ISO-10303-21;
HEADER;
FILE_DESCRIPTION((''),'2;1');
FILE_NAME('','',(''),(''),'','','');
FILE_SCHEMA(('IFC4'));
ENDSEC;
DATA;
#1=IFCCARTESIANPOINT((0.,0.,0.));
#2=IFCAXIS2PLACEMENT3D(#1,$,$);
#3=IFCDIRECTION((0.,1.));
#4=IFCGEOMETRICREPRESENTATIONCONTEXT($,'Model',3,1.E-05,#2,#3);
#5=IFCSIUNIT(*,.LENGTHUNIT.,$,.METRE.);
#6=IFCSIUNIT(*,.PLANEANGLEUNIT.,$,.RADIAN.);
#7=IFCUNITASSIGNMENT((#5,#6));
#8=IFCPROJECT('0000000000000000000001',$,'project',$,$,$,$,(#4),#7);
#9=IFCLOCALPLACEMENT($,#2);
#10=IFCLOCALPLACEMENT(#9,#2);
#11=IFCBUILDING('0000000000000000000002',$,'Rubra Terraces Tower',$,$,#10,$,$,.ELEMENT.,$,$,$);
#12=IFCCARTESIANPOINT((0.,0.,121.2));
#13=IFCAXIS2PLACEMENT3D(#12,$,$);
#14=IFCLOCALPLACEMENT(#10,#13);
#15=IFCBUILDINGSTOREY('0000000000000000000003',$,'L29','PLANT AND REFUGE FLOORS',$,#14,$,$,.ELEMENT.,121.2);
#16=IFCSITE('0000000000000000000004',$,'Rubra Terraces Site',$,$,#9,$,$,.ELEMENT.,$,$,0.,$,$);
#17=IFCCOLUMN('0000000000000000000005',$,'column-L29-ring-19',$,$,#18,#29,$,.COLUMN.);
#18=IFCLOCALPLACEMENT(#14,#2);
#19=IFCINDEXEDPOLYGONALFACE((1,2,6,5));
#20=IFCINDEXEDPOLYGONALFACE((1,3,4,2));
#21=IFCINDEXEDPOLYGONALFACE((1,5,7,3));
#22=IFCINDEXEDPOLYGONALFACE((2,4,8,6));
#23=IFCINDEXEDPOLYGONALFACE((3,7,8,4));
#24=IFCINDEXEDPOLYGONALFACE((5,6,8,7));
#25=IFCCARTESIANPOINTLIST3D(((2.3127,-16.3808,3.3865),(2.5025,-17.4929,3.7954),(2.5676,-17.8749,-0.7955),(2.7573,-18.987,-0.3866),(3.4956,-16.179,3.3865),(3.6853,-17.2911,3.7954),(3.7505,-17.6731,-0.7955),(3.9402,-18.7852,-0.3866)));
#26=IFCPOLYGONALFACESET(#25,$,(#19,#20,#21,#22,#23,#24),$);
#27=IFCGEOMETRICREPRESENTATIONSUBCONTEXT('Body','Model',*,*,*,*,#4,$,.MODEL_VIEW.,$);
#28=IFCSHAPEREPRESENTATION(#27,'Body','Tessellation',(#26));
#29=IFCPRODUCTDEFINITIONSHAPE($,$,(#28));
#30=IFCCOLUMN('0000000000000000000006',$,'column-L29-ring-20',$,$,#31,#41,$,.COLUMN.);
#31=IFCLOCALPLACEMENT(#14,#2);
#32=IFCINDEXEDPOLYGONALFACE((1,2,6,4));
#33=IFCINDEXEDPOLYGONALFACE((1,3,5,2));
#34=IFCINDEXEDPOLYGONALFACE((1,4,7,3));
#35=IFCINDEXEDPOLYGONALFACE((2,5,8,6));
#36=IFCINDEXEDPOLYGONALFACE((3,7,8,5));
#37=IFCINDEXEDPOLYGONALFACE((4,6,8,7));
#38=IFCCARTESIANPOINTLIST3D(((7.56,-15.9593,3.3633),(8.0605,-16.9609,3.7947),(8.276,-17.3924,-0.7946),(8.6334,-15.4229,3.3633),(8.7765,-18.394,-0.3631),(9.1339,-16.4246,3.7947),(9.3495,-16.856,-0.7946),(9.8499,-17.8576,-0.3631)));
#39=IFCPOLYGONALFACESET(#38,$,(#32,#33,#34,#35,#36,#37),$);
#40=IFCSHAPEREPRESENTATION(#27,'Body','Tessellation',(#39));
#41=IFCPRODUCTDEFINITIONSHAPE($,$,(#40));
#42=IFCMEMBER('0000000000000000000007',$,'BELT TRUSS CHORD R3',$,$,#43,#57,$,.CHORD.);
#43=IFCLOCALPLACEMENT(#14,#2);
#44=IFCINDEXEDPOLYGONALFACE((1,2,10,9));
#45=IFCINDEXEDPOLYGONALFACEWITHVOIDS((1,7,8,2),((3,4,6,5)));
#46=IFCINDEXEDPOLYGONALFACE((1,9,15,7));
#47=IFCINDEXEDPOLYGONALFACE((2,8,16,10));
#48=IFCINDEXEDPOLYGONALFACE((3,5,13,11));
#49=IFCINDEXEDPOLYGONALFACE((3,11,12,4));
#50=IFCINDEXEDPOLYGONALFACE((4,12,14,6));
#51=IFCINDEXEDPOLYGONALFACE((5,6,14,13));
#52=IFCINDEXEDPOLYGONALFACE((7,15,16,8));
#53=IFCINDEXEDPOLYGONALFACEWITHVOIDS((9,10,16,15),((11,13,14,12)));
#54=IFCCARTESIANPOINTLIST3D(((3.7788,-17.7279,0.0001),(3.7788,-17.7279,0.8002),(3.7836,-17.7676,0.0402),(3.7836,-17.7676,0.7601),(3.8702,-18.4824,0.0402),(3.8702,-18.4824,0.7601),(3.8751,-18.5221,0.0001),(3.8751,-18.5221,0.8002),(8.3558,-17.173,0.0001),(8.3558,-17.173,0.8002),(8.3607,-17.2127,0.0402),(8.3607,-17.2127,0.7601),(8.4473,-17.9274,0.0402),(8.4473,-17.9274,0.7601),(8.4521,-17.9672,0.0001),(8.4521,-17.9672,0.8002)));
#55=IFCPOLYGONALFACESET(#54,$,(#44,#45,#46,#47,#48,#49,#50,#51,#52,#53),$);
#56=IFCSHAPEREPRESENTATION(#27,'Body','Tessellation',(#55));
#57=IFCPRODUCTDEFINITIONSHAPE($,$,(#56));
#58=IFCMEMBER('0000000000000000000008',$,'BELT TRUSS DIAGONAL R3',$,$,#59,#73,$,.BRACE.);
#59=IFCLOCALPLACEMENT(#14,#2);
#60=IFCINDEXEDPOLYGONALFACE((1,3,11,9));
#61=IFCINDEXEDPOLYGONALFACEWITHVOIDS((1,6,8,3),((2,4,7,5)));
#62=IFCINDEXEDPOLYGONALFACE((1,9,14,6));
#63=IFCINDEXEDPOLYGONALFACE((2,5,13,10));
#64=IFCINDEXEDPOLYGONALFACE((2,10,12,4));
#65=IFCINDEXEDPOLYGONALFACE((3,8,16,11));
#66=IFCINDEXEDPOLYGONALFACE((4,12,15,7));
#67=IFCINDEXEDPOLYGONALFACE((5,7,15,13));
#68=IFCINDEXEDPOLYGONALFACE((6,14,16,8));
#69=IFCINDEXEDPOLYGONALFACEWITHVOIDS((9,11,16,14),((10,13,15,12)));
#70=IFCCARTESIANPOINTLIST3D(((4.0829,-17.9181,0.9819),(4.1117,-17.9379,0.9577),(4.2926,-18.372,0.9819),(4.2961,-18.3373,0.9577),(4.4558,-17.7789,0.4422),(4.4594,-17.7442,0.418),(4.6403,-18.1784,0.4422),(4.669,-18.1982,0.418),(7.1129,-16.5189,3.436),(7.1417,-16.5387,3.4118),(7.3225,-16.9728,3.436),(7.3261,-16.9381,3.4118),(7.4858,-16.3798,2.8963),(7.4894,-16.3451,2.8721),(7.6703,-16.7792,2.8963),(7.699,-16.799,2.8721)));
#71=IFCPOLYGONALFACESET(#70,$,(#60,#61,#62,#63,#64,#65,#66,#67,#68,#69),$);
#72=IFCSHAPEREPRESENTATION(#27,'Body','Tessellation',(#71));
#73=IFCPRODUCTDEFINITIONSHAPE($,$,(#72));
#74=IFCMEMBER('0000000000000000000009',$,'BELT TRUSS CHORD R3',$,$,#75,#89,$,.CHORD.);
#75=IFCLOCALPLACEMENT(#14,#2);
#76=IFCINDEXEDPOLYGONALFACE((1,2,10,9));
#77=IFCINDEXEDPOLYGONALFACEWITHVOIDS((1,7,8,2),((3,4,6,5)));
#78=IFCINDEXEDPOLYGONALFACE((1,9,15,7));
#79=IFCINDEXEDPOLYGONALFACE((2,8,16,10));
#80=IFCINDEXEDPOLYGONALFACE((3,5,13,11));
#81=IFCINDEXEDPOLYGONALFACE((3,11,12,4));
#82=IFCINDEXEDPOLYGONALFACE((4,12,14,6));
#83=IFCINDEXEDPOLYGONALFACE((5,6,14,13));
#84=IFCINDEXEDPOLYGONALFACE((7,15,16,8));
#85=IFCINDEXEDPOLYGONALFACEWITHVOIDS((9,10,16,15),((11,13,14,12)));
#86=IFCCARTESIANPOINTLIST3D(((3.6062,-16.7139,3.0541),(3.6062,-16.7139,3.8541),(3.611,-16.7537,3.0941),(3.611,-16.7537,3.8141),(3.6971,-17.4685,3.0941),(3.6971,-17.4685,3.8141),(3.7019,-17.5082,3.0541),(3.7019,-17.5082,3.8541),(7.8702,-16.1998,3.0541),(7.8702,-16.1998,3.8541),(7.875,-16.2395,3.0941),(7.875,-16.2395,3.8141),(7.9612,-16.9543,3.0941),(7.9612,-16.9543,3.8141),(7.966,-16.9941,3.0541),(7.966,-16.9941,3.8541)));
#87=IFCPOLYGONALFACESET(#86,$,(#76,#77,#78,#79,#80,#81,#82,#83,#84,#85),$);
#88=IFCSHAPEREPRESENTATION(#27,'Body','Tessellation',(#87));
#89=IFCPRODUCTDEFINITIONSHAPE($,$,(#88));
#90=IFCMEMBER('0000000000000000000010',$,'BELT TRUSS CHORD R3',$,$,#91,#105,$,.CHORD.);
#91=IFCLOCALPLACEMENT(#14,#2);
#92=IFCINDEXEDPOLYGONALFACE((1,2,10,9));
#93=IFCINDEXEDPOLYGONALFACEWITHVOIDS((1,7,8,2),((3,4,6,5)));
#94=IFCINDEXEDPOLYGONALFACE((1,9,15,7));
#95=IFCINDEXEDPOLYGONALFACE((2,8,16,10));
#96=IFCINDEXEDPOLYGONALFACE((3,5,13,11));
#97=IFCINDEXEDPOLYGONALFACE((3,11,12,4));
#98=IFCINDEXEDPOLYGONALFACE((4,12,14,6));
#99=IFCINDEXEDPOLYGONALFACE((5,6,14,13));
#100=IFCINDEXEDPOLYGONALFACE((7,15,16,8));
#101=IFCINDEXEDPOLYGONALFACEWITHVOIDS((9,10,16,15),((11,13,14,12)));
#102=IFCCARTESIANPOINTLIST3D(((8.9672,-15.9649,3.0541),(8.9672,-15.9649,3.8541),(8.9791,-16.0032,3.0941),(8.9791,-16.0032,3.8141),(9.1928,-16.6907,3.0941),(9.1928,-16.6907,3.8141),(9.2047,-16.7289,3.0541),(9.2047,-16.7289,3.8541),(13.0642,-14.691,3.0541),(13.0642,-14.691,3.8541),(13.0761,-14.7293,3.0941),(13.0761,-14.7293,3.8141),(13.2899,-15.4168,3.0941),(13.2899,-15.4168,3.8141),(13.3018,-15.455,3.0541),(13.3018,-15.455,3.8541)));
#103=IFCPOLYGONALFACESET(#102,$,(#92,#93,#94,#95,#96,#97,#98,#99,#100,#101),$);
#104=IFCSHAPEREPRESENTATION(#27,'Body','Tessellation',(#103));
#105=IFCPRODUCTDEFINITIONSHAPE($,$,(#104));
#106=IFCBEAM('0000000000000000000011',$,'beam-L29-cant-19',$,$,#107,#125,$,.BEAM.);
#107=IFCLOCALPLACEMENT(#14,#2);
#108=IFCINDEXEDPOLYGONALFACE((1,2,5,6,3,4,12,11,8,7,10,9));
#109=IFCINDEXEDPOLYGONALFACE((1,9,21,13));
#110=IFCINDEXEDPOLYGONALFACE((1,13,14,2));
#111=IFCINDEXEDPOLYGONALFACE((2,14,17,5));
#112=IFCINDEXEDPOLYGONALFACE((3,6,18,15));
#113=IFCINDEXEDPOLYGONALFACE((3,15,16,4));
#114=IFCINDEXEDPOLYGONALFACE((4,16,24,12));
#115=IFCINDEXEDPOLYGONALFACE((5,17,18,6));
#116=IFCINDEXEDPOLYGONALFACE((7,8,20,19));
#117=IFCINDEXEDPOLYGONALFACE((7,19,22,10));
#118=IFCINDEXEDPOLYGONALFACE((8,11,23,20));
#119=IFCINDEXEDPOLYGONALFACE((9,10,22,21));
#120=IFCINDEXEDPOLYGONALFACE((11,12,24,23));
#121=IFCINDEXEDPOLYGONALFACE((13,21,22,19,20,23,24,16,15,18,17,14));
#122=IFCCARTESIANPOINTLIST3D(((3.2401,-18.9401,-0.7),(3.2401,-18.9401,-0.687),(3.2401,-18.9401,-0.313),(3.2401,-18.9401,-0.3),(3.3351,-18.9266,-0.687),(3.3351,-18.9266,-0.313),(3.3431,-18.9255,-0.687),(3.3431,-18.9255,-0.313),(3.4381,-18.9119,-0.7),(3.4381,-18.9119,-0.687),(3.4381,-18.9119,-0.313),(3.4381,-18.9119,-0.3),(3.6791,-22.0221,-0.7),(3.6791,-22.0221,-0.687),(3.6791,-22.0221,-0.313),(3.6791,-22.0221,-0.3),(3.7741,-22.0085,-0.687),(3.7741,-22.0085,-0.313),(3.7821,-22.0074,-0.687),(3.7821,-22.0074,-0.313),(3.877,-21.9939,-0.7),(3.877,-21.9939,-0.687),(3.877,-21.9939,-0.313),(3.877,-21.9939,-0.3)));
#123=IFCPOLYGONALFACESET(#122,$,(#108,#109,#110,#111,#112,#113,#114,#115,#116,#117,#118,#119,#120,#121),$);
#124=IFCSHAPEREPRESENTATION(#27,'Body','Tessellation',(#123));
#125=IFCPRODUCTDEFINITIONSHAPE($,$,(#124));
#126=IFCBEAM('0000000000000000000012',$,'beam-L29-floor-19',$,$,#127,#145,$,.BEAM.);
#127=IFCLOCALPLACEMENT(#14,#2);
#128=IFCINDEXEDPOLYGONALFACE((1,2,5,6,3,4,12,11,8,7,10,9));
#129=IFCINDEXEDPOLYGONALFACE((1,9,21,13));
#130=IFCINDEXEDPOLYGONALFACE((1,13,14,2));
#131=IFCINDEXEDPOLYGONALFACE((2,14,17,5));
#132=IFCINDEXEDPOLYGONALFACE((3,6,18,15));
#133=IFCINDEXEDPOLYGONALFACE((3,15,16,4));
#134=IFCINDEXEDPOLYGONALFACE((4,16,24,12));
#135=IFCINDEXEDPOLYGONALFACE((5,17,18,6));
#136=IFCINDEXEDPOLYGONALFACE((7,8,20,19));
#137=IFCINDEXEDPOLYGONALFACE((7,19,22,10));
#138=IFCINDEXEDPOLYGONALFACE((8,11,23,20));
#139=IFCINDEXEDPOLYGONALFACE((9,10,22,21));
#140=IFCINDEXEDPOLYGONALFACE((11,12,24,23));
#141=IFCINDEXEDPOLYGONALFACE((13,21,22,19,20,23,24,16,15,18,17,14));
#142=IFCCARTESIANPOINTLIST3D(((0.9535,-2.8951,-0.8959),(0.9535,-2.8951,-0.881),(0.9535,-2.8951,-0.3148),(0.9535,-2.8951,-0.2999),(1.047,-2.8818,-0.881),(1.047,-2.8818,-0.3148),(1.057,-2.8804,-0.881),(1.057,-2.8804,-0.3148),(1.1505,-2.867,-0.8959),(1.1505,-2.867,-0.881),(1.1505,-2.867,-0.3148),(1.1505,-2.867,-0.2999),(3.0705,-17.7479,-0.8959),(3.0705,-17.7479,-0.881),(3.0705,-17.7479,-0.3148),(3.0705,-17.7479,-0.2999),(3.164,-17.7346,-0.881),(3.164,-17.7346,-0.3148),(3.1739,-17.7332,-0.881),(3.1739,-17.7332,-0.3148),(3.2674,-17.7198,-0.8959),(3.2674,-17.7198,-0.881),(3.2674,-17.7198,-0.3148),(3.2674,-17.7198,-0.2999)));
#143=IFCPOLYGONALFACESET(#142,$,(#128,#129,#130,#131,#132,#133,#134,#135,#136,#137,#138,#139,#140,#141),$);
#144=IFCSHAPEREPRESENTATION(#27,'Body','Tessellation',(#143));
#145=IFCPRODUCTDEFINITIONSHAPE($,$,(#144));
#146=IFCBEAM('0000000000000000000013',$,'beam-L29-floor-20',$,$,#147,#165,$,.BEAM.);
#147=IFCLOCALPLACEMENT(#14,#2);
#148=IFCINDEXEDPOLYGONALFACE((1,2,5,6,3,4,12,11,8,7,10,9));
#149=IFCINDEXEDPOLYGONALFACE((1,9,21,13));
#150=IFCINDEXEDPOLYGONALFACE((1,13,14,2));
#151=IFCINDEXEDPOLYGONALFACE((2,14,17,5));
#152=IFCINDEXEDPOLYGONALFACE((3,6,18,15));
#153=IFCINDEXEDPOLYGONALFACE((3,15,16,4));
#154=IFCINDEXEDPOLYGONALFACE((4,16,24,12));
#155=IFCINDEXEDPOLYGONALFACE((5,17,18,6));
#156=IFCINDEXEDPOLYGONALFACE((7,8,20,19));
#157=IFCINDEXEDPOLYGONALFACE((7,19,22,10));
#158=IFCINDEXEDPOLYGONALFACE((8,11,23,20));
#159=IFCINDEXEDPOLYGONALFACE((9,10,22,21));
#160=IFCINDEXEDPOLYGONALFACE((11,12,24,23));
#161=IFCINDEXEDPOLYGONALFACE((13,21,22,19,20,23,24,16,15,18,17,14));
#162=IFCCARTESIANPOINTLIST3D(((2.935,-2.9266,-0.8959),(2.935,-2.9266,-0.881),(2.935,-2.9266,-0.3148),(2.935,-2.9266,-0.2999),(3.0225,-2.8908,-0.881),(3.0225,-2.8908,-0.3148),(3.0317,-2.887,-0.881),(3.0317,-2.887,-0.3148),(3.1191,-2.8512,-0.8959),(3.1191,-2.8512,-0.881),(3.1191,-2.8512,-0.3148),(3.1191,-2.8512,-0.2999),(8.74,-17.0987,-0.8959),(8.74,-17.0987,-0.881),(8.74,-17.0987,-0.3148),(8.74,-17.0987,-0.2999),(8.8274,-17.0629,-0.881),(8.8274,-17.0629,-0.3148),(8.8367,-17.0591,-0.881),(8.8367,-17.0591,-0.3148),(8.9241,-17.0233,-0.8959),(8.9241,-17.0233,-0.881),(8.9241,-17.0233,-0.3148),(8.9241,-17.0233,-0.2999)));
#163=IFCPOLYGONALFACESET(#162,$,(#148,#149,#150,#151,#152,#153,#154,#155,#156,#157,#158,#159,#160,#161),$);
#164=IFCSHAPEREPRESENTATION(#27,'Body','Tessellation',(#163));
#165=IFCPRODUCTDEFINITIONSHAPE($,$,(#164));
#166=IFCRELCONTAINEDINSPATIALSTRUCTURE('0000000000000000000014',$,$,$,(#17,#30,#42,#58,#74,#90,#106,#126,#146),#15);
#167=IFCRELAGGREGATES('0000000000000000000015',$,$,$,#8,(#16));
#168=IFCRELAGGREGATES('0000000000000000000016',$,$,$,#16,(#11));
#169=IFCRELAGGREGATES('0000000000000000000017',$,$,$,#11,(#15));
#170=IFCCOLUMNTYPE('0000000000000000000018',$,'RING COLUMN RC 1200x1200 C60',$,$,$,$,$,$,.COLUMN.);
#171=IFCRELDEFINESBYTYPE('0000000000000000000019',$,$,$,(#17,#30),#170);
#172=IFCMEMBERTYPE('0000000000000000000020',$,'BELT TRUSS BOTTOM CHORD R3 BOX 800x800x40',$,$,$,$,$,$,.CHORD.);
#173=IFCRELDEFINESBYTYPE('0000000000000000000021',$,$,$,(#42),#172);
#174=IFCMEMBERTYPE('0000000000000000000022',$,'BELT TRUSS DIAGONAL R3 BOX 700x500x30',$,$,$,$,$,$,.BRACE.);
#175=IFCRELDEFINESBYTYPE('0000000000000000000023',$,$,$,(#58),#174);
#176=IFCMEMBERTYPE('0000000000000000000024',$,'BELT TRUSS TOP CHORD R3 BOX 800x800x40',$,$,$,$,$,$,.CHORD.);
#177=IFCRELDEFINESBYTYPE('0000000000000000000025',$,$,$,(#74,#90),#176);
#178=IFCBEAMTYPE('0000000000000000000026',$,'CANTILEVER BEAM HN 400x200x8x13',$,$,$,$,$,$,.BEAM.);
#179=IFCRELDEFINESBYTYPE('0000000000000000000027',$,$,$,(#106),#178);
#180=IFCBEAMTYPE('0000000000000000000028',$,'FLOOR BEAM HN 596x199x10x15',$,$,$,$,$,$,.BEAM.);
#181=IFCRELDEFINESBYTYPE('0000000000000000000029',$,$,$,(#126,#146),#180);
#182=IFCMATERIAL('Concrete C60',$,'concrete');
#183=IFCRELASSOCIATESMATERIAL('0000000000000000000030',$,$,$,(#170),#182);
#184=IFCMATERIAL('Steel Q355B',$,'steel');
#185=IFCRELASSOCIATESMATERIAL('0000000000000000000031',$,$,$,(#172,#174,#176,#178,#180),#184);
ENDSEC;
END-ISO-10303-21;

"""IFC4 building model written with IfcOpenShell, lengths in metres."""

from ifc_helpers import new_model, si_unit, direction, frame, origin, origin_2d, place, context, subcontext, project, spatial, rectangle, hollow_rectangle, i_section, extrude, material, material_profile, profile_set, type_object, element, save


model = new_model("IFC4")

# Units and contexts
model_context = context("Model", 3, precision=1e-05, world=origin(), true_north=direction((0.0, 1.0)))
body_context = subcontext(model_context, "Body", "Model", "MODEL_VIEW")
ifc_project = project(units=[si_unit("LENGTHUNIT", "METRE"), si_unit("PLANEANGLEUNIT", "RADIAN")], contexts=[model_context])

# Site, building, storey
site_placement = place(None, origin())
site = spatial("IfcSite", under=ifc_project, at=site_placement, Name="Rubra Terraces Site", CompositionType="ELEMENT", RefElevation=0.0)
building_placement = place(site_placement, origin())
building = spatial("IfcBuilding", under=site, at=building_placement, Name="Rubra Terraces Tower", CompositionType="ELEMENT")
storey_placement = place(building_placement, frame((0.0, 0.0, 121.2)))
storey = spatial("IfcBuildingStorey", under=building, at=storey_placement, Name="L29", Description="PLANT AND REFUGE FLOORS", CompositionType="ELEMENT", Elevation=121.2)

# Columns
ifc_material_1 = material(Name="Concrete C60", Category="concrete")
ifc_material_profile_1 = material_profile(ifc_material_1, rectangle(XDim=1.2, YDim=1.2, at=origin_2d()), Name="RC 1200x1200")
ifc_profile_set_1 = profile_set([ifc_material_profile_1], Name="Concrete C60")
column_type = type_object("IfcColumnType", Name="RING COLUMN RC 1200x1200 C60", PredefinedType="COLUMN", material=ifc_profile_set_1)
column_1_placement = place(storey_placement, frame((3.2539, -18.3301, -0.5911), z_axis=(-0.057299, 0.335888, 0.940157), x_axis=(-0.98576, -0.168159, 0.0)))
element("IfcColumn", 1, at=column_1_placement, inside=storey, type_object=column_type, Name="column-L29-ring-19", PredefinedType="COLUMN", context=body_context, shape_type="SweptSolid", body=[
    extrude(rectangle(XDim=1.2, YDim=1.2, at=origin_2d()), origin(), (0.0, 0.0, 1.0), 4.4482),
])
column_2_placement = place(storey_placement, frame((9.063, -17.625, -0.5789), z_axis=(-0.1607, 0.321619, 0.933133), x_axis=(-0.894549, -0.44697, 0.0)))
element("IfcColumn", 2, at=column_2_placement, inside=storey, type_object=column_type, Name="column-L29-ring-20", PredefinedType="COLUMN", context=body_context, shape_type="SweptSolid", body=[
    extrude(rectangle(XDim=1.2, YDim=1.2, at=origin_2d()), origin(), (0.0, 0.0, 1.0), 4.4558),
])

# Members
ifc_material_2 = material(Name="Steel Q355B", Category="steel")
ifc_material_profile_2 = material_profile(ifc_material_2, hollow_rectangle(XDim=0.8, YDim=0.8, WallThickness=0.04, at=origin_2d()), Name="BOX 800x800x40")
ifc_profile_set_2 = profile_set([ifc_material_profile_2], Name="Steel Q355B")
member_type_1 = type_object("IfcMemberType", Name="BELT TRUSS BOTTOM CHORD R3 BOX 800x800x40", PredefinedType="CHORD", material=ifc_profile_set_2)
member_1_placement = place(storey_placement, frame((3.8269, -18.125, 0.4001), z_axis=(0.992731, 0.120358, 0.0), x_axis=(-0.120358, 0.992731, 0.0)))
element("IfcMember", 3, at=member_1_placement, inside=storey, type_object=member_type_1, Name="BELT TRUSS CHORD R3", PredefinedType="CHORD", context=body_context, shape_type="SweptSolid", body=[
    extrude(hollow_rectangle(XDim=0.8, YDim=0.8, WallThickness=0.04, at=origin_2d()), origin(), (0.0, 0.0, 1.0), 4.6106),
])
ifc_material_profile_3 = material_profile(ifc_material_2, hollow_rectangle(XDim=0.5, YDim=0.7, WallThickness=0.03, at=origin_2d()), Name="BOX 700x500x30")
ifc_profile_set_3 = profile_set([ifc_material_profile_3], Name="Steel Q355B")
member_type_2 = type_object("IfcMemberType", Name="BELT TRUSS DIAGONAL R3 BOX 700x500x30", PredefinedType="BRACE", material=ifc_profile_set_3)
member_2_placement = place(storey_placement, frame((4.376, -18.0581, 0.7), z_axis=(0.731427, 0.337749, 0.592402), x_axis=(-0.41923, 0.90788, 0.0)))
element("IfcMember", 4, at=member_2_placement, inside=storey, type_object=member_type_2, Name="BELT TRUSS DIAGONAL R3", PredefinedType="BRACE", context=body_context, shape_type="SweptSolid", body=[
    extrude(hollow_rectangle(XDim=0.5, YDim=0.7, WallThickness=0.03, at=origin_2d()), origin(), (0.0, 0.0, 1.0), 4.1426),
])
ifc_material_profile_4 = material_profile(ifc_material_2, hollow_rectangle(XDim=0.8, YDim=0.8, WallThickness=0.04, at=origin_2d()), Name="BOX 800x800x40")
ifc_profile_set_4 = profile_set([ifc_material_profile_4], Name="Steel Q355B")
member_type_3 = type_object("IfcMemberType", Name="BELT TRUSS TOP CHORD R3 BOX 800x800x40", PredefinedType="CHORD", material=ifc_profile_set_4)
member_3_placement = place(storey_placement, frame((3.6541, -17.1111, 3.4541), z_axis=(0.992808, 0.119717, 0.0), x_axis=(-0.119717, 0.992808, 0.0)))
element("IfcMember", 5, at=member_3_placement, inside=storey, type_object=member_type_3, Name="BELT TRUSS CHORD R3", PredefinedType="CHORD", context=body_context, shape_type="SweptSolid", body=[
    extrude(hollow_rectangle(XDim=0.8, YDim=0.8, WallThickness=0.04, at=origin_2d()), origin(), (0.0, 0.0, 1.0), 4.2949),
])
member_4_placement = place(storey_placement, frame((9.0859, -16.3469, 3.4541), z_axis=(0.954906, 0.296907, 0.0), x_axis=(-0.296907, 0.954906, 0.0)))
element("IfcMember", 6, at=member_4_placement, inside=storey, type_object=member_type_3, Name="BELT TRUSS CHORD R3", PredefinedType="CHORD", context=body_context, shape_type="SweptSolid", body=[
    extrude(hollow_rectangle(XDim=0.8, YDim=0.8, WallThickness=0.04, at=origin_2d()), origin(), (0.0, 0.0, 1.0), 4.2905),
])

# Beams
ifc_material_profile_5 = material_profile(ifc_material_2, i_section(OverallWidth=0.2, OverallDepth=0.3999, WebThickness=0.0081, FlangeThickness=0.0129, at=origin_2d()), Name="HN 400x200x8x13")
ifc_profile_set_5 = profile_set([ifc_material_profile_5], Name="Steel Q355B")
beam_type_1 = type_object("IfcBeamType", Name="CANTILEVER BEAM HN 400x200x8x13", PredefinedType="BEAM", material=ifc_profile_set_5)
beam_1_placement = place(storey_placement, frame((3.3391, -18.926, -0.5), z_axis=(0.141004, -0.990009, 0.0), x_axis=(0.990009, 0.141004, 0.0)))
element("IfcBeam", 7, at=beam_1_placement, inside=storey, type_object=beam_type_1, Name="beam-L29-cant-19", PredefinedType="BEAM", context=body_context, shape_type="SweptSolid", body=[
    extrude(i_section(OverallWidth=0.2, OverallDepth=0.3999, WebThickness=0.0081, FlangeThickness=0.0129, at=origin_2d()), origin(), (0.0, 0.0, 1.0), 3.113),
])
ifc_material_profile_6 = material_profile(ifc_material_2, i_section(OverallWidth=0.199, OverallDepth=0.5959, WebThickness=0.01, FlangeThickness=0.0149, at=origin_2d()), Name="HN 596x199x10x15")
ifc_profile_set_6 = profile_set([ifc_material_profile_6], Name="Steel Q355B")
beam_type_2 = type_object("IfcBeamType", Name="FLOOR BEAM HN 596x199x10x15", PredefinedType="BEAM", material=ifc_profile_set_6)
beam_2_placement = place(storey_placement, frame((3.1689, -17.7339, -0.5979), z_axis=(-0.141102, 0.989995, 0.0), x_axis=(-0.989995, -0.141102, 0.0)))
element("IfcBeam", 8, at=beam_2_placement, inside=storey, type_object=beam_type_2, Name="beam-L29-floor-19", PredefinedType="BEAM", context=body_context, shape_type="SweptSolid", body=[
    extrude(i_section(OverallWidth=0.199, OverallDepth=0.5959, WebThickness=0.01, FlangeThickness=0.0149, at=origin_2d()), origin(), (0.0, 0.0, 1.0), 15.0029),
])
beam_3_placement = place(storey_placement, frame((8.832, -17.061, -0.5979), z_axis=(-0.379038, 0.925381, 0.0), x_axis=(-0.925381, -0.379038, 0.0)))
element("IfcBeam", 9, at=beam_3_placement, inside=storey, type_object=beam_type_2, Name="beam-L29-floor-20", PredefinedType="BEAM", context=body_context, shape_type="SweptSolid", body=[
    extrude(i_section(OverallWidth=0.199, OverallDepth=0.5959, WebThickness=0.01, FlangeThickness=0.0149, at=origin_2d()), origin(), (0.0, 0.0, 1.0), 15.3149),
])

save(model, "model.ifc")
